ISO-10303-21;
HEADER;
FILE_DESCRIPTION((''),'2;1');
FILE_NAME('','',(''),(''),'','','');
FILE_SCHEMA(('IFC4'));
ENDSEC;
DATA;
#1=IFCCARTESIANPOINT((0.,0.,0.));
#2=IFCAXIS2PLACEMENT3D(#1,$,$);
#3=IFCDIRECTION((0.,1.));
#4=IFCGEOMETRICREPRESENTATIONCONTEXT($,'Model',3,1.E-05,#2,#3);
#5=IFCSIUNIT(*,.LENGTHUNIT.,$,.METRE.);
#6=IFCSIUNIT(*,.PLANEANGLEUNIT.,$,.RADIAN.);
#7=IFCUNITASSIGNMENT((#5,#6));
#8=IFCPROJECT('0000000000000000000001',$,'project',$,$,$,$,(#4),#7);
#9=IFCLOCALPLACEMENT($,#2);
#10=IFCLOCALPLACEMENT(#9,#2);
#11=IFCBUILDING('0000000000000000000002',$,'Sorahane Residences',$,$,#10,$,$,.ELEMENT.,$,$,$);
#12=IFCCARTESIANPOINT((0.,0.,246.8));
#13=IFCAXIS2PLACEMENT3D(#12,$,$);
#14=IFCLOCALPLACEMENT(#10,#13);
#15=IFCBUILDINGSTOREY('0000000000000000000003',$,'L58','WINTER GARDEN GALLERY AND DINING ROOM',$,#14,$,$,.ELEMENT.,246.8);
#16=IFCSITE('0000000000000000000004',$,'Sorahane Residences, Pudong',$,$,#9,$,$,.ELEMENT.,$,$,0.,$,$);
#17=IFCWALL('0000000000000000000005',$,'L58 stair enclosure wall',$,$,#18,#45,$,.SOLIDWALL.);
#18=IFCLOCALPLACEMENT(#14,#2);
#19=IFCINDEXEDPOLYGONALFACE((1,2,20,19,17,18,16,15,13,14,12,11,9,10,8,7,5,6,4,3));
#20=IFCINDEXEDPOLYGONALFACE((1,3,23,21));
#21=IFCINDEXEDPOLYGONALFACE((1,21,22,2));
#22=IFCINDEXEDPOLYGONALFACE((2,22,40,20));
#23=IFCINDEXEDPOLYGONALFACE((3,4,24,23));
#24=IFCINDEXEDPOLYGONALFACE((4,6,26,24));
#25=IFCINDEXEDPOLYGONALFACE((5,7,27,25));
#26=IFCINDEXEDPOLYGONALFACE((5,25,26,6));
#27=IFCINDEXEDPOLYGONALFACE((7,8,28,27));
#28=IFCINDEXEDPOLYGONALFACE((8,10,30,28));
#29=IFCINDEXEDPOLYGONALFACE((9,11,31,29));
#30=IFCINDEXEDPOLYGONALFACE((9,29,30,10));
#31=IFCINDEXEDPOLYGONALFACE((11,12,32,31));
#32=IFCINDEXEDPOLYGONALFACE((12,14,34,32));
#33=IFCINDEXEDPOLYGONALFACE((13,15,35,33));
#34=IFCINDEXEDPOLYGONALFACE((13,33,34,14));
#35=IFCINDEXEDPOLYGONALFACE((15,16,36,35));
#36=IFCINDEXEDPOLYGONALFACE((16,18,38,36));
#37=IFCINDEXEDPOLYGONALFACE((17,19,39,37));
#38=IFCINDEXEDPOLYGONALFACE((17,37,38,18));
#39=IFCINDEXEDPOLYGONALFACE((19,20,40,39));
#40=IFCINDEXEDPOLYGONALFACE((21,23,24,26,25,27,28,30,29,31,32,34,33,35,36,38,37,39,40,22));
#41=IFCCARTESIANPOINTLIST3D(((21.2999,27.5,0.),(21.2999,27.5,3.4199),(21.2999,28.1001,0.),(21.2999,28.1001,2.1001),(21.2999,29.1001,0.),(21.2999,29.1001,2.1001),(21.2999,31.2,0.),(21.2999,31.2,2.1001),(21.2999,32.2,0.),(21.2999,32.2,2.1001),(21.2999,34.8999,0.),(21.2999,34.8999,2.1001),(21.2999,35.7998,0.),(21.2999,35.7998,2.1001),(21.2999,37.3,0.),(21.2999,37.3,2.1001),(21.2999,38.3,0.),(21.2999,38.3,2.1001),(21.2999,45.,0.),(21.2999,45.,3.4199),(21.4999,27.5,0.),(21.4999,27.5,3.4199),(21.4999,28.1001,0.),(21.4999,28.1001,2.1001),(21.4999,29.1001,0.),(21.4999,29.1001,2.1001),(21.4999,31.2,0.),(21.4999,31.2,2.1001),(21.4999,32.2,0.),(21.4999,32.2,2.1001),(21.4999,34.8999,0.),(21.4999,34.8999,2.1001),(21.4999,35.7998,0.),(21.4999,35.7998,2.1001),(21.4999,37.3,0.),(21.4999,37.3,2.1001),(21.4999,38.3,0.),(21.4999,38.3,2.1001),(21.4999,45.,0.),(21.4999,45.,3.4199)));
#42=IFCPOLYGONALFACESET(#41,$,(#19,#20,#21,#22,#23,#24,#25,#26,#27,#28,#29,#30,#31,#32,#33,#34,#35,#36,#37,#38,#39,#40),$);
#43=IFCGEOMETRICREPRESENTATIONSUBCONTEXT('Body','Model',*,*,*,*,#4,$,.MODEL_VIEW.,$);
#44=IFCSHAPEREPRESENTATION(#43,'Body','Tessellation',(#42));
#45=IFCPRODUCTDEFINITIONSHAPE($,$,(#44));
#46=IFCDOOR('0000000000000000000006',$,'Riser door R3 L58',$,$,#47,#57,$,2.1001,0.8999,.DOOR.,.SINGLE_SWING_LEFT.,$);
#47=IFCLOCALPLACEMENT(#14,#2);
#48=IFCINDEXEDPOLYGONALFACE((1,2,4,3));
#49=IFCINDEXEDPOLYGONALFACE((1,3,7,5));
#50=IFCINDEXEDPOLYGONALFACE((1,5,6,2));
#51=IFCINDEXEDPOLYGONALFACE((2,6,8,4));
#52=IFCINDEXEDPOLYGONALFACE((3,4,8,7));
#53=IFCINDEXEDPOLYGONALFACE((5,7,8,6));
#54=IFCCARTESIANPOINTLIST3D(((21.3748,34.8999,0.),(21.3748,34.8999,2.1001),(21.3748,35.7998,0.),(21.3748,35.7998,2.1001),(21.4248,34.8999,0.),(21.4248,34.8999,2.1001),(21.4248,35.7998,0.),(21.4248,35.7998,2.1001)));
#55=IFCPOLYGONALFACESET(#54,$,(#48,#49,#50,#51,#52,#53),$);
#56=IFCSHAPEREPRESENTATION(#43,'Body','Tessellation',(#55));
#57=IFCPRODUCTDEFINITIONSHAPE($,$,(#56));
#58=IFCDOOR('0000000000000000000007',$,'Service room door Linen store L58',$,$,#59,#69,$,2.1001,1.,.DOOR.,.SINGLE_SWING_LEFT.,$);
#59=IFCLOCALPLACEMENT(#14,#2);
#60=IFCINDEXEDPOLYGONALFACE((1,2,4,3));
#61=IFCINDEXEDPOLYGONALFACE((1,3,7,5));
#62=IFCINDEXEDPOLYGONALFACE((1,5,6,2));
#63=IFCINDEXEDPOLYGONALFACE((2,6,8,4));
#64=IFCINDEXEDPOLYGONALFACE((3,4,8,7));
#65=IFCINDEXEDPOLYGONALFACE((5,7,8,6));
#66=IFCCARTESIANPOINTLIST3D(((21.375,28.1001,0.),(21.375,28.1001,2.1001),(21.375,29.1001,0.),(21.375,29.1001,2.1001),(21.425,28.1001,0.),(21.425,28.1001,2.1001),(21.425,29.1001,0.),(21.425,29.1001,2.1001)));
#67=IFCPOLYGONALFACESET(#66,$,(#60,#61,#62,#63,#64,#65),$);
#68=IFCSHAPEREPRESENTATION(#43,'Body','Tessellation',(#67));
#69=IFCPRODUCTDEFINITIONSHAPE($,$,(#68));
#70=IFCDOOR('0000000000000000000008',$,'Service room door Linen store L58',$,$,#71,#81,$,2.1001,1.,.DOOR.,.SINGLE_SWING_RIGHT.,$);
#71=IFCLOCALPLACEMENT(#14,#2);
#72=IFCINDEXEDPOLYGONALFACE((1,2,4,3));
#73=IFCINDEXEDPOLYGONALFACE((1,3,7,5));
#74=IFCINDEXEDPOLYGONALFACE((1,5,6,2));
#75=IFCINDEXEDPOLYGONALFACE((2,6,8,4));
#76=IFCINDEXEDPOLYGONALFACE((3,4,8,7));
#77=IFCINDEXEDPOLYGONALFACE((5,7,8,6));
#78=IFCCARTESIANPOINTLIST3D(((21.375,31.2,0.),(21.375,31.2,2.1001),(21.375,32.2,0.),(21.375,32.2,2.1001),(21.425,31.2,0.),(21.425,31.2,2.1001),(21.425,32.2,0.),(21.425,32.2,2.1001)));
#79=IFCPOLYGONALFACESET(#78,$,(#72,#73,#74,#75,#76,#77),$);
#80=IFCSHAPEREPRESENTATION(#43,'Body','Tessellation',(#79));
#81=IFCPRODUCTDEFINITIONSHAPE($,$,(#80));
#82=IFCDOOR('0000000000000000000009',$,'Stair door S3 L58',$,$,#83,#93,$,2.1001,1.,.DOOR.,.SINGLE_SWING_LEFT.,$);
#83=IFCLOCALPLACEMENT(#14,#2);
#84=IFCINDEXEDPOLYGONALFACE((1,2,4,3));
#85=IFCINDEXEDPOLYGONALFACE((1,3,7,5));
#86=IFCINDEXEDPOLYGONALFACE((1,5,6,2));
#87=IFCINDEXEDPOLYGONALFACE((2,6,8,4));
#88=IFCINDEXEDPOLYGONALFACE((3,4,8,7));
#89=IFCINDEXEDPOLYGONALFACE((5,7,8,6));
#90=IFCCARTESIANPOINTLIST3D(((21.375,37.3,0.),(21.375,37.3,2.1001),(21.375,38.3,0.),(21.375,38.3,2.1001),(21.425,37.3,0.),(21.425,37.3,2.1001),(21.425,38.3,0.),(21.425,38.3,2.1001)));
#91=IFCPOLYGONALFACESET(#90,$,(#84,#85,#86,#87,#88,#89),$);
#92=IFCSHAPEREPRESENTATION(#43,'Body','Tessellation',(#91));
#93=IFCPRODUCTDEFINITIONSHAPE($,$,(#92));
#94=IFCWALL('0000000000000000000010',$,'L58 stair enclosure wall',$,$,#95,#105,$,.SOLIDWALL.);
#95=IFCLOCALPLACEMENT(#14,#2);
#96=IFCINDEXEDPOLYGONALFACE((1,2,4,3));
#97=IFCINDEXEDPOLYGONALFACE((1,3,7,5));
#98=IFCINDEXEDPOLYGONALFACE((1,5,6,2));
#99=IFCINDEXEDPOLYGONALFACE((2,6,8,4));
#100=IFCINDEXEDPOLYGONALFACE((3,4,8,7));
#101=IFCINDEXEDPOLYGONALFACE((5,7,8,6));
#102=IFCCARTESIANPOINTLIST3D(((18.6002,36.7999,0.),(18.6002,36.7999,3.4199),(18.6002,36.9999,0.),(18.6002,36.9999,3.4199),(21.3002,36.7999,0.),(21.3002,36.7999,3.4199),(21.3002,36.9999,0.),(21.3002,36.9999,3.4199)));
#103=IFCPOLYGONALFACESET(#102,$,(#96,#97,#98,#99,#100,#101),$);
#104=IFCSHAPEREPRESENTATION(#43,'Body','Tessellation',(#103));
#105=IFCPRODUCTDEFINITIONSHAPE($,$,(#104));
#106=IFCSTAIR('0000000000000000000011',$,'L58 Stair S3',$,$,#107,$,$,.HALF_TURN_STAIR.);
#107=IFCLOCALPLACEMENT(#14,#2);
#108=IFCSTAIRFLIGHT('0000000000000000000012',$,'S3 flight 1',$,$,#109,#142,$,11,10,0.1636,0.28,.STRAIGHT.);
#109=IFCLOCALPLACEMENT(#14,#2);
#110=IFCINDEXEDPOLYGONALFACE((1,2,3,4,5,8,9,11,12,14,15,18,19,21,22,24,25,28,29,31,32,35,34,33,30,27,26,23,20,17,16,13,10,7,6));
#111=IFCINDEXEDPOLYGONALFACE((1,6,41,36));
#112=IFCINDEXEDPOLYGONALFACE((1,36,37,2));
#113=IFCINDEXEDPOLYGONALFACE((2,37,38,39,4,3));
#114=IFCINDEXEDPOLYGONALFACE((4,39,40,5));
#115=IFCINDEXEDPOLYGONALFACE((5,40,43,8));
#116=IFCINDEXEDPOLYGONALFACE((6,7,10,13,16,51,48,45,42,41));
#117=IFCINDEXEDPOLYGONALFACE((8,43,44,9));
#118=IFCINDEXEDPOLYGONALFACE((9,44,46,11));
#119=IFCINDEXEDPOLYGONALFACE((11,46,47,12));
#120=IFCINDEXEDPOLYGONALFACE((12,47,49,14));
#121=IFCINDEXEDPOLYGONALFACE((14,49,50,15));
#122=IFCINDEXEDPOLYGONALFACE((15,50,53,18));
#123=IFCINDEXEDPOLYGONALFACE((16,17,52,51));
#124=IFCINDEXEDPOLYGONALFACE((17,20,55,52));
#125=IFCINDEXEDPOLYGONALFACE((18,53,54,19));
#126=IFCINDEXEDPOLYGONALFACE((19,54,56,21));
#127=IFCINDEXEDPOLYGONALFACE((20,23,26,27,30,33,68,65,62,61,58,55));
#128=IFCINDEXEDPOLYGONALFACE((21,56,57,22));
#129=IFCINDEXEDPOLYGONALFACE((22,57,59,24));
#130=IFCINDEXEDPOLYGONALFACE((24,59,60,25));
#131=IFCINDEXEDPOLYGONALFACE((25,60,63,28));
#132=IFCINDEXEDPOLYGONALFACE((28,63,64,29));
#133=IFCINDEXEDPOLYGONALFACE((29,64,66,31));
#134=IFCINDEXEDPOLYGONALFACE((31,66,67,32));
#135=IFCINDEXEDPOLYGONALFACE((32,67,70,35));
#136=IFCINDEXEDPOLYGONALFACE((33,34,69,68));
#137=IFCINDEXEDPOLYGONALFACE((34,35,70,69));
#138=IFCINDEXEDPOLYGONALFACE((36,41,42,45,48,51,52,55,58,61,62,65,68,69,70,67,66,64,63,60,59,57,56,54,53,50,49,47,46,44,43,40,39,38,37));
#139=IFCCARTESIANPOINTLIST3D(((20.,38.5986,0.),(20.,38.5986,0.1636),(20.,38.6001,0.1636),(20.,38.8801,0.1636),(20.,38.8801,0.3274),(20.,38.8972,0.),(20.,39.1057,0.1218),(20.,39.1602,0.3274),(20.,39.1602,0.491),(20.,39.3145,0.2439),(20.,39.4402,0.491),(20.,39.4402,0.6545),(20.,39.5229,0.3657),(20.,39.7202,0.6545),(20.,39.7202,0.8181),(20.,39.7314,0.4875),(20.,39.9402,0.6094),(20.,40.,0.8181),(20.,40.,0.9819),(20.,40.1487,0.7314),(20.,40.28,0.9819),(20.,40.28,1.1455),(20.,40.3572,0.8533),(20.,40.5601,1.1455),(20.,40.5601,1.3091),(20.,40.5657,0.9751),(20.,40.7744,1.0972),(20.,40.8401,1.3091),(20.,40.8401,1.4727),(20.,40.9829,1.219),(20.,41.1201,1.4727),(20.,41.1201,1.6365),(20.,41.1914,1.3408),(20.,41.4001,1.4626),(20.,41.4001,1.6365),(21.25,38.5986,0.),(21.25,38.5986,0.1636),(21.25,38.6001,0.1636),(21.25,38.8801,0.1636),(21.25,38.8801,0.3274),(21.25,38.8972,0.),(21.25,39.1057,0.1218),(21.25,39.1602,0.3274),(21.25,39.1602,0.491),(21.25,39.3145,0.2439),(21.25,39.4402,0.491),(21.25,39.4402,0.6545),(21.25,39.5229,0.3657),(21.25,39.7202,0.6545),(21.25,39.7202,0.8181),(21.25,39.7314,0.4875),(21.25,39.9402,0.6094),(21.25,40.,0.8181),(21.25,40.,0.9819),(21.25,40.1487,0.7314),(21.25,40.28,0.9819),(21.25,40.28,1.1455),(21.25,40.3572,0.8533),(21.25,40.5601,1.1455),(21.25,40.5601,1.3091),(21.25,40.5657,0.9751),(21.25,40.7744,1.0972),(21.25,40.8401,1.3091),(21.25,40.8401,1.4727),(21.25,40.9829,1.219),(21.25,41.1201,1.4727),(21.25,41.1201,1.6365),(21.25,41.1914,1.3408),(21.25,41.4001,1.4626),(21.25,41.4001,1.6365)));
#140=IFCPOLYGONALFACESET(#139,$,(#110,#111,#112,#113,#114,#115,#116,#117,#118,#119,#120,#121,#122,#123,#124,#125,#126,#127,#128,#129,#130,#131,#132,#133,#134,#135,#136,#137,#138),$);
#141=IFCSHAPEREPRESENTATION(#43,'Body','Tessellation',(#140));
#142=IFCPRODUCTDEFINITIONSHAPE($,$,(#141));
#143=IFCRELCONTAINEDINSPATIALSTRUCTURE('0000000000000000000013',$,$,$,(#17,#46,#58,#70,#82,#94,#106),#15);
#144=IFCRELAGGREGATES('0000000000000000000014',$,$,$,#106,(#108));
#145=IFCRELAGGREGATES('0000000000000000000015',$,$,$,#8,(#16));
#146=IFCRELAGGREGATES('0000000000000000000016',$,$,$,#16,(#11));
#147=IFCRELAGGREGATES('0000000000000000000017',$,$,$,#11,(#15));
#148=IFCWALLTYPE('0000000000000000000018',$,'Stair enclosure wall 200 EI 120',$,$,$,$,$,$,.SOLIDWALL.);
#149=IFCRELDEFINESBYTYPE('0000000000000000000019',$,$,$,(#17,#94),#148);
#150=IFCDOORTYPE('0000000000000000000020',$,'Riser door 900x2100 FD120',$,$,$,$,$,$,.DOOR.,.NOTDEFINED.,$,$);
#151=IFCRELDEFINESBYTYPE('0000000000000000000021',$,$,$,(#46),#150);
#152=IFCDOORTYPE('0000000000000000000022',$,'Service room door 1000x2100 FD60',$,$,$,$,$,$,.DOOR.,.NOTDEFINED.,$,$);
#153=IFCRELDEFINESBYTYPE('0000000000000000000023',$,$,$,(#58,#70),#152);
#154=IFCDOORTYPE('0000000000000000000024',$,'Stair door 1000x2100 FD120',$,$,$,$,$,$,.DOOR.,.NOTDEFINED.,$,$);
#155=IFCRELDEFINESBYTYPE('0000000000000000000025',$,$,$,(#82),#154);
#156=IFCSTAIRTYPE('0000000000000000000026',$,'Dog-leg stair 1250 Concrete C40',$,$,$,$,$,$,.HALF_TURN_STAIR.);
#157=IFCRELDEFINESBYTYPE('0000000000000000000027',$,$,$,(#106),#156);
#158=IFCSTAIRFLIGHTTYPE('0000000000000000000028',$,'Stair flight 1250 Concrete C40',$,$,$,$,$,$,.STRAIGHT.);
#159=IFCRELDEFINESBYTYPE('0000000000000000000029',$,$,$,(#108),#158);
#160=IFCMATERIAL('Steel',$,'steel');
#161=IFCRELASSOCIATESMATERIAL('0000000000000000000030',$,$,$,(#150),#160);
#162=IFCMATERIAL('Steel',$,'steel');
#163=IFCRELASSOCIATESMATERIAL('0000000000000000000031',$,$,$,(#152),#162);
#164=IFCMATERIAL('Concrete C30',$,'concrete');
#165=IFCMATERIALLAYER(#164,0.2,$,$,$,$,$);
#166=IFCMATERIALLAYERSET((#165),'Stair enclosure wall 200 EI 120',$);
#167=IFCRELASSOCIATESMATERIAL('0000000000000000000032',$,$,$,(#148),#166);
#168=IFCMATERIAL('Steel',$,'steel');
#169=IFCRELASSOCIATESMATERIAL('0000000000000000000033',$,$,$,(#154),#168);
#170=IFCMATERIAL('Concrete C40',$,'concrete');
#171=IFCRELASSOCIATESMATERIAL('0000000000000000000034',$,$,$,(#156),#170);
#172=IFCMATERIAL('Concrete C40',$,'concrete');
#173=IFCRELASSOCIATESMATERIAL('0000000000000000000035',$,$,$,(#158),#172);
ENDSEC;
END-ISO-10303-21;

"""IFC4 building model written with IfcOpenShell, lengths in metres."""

from ifc_helpers import new_model, si_unit, direction, frame, frame_2d, origin, place, context, subcontext, project, spatial, polyline, rectangle, outline, extrude, material, layer, layer_set, type_object, element, fill, aggregate, save


model = new_model("IFC4")

# Units and contexts
model_context = context("Model", 3, precision=1e-05, world=origin(), true_north=direction((0.0, 1.0)))
body_context = subcontext(model_context, "Body", "Model", "MODEL_VIEW")
ifc_project = project(units=[si_unit("LENGTHUNIT", "METRE"), si_unit("PLANEANGLEUNIT", "RADIAN")], contexts=[model_context])

# Site, building, storey
site_placement = place(None, origin())
site = spatial("IfcSite", under=ifc_project, at=site_placement, Name="Sorahane Residences, Pudong", CompositionType="ELEMENT", RefElevation=0.0)
building_placement = place(site_placement, origin())
building = spatial("IfcBuilding", under=site, at=building_placement, Name="Sorahane Residences", CompositionType="ELEMENT")
storey_placement = place(building_placement, frame((0.0, 0.0, 246.8)))
storey = spatial("IfcBuildingStorey", under=building, at=storey_placement, Name="L58", Description="WINTER GARDEN GALLERY AND DINING ROOM", CompositionType="ELEMENT", Elevation=246.8)

# Shared definitions
ifc_material_1 = material(Name="Steel", Category="steel")
door_type_1 = type_object("IfcDoorType", Name="Riser door 900x2100 FD120", OperationType="NOTDEFINED", PredefinedType="DOOR", material=ifc_material_1)
ifc_material_2 = material(Name="Steel", Category="steel")
door_type_2 = type_object("IfcDoorType", Name="Service room door 1000x2100 FD60", OperationType="NOTDEFINED", PredefinedType="DOOR", material=ifc_material_2)

# Wall, openings, doors
ifc_material_3 = material(Name="Concrete C30", Category="concrete")
ifc_layer_1 = layer(ifc_material_3, 0.2)
ifc_layer_set_1 = layer_set([ifc_layer_1], Name="Stair enclosure wall 200 EI 120")
wall_type_1 = type_object("IfcWallType", Name="Stair enclosure wall 200 EI 120", PredefinedType="SOLIDWALL", material=ifc_layer_set_1)
wall_1_placement = place(storey_placement, frame((21.3999, 27.5, 0.0), z_axis=(0.0, 0.0, 1.0), x_axis=(0.0, 1.0, 0.0)))
wall_1 = element("IfcWall", 1, at=wall_1_placement, inside=storey, type_object=wall_type_1, Name="L58 stair enclosure wall", PredefinedType="SOLIDWALL", context=body_context, shape_type="SweptSolid", body=[
    extrude(rectangle(XDim=17.5, YDim=0.2, at=frame_2d((8.75, 0.0))), origin(), (0.0, 0.0, 1.0), 3.4199),
])
opening_1_placement = place(wall_1_placement, frame((0.6001, 0.0, 0.0)))
opening_1 = element("IfcOpeningElement", 2, at=opening_1_placement, cuts=wall_1, PredefinedType="OPENING", context=body_context, shape_type="SweptSolid", body=[
    extrude(rectangle(XDim=1.0, YDim=2.1001, at=frame_2d((0.5, 1.05))), frame((0.0, 0.1099, 0.0), z_axis=(0.0, -1.0, 0.0), x_axis=(1.0, 0.0, 0.0)), (0.0, 0.0, 1.0), 0.22),
])
opening_2_placement = place(wall_1_placement, frame((3.7, 0.0, 0.0)))
opening_2 = element("IfcOpeningElement", 3, at=opening_2_placement, cuts=wall_1, PredefinedType="OPENING", context=body_context, shape_type="SweptSolid", body=[
    extrude(rectangle(XDim=1.0, YDim=2.1001, at=frame_2d((0.5, 1.05))), frame((0.0, 0.1099, 0.0), z_axis=(0.0, -1.0, 0.0), x_axis=(1.0, 0.0, 0.0)), (0.0, 0.0, 1.0), 0.22),
])
opening_3_placement = place(wall_1_placement, frame((9.8, 0.0, 0.0)))
opening_3 = element("IfcOpeningElement", 4, at=opening_3_placement, cuts=wall_1, PredefinedType="OPENING", context=body_context, shape_type="SweptSolid", body=[
    extrude(rectangle(XDim=1.0, YDim=2.1001, at=frame_2d((0.5, 1.05))), frame((0.0, 0.1099, 0.0), z_axis=(0.0, -1.0, 0.0), x_axis=(1.0, 0.0, 0.0)), (0.0, 0.0, 1.0), 0.22),
])
opening_4_placement = place(wall_1_placement, frame((7.3999, 0.0, 0.0)))
opening_4 = element("IfcOpeningElement", 5, at=opening_4_placement, cuts=wall_1, PredefinedType="OPENING", context=body_context, shape_type="SweptSolid", body=[
    extrude(rectangle(XDim=0.8999, YDim=2.1001, at=frame_2d((0.45, 1.05))), frame((0.0, 0.1099, 0.0), z_axis=(0.0, -1.0, 0.0), x_axis=(1.0, 0.0, 0.0)), (0.0, 0.0, 1.0), 0.22),
])
door_1_placement = place(opening_4_placement, frame((0.8999, 0.0, 0.0), z_axis=(0.0, 0.0, 1.0), x_axis=(-1.0, 0.0, 0.0)))
door_1 = element("IfcDoor", 6, at=door_1_placement, inside=storey, type_object=door_type_1, Name="Riser door R3 L58", OperationType="SINGLE_SWING_LEFT", OverallHeight=2.1001, OverallWidth=0.8999, PredefinedType="DOOR", context=body_context, shape_type="SweptSolid", body=[
    extrude(rectangle(XDim=0.8999, YDim=2.1001, at=frame_2d((0.45, 1.05))), frame((0.0, 0.0249, 0.0), z_axis=(0.0, -1.0, 0.0), x_axis=(1.0, 0.0, 0.0)), (0.0, 0.0, 1.0), 0.05),
])
fill(opening_4, door_1)
door_2_placement = place(opening_1_placement, origin())
door_2 = element("IfcDoor", 7, at=door_2_placement, inside=storey, type_object=door_type_2, Name="Service room door Linen store L58", OperationType="SINGLE_SWING_LEFT", OverallHeight=2.1001, OverallWidth=1.0, PredefinedType="DOOR", context=body_context, shape_type="SweptSolid", body=[
    extrude(rectangle(XDim=1.0, YDim=2.1001, at=frame_2d((0.5, 1.05))), frame((0.0, 0.0249, 0.0), z_axis=(0.0, -1.0, 0.0), x_axis=(1.0, 0.0, 0.0)), (0.0, 0.0, 1.0), 0.05),
])
fill(opening_1, door_2)
door_3_placement = place(opening_2_placement, origin())
door_3 = element("IfcDoor", 8, at=door_3_placement, inside=storey, type_object=door_type_2, Name="Service room door Linen store L58", OperationType="SINGLE_SWING_RIGHT", OverallHeight=2.1001, OverallWidth=1.0, PredefinedType="DOOR", context=body_context, shape_type="SweptSolid", body=[
    extrude(rectangle(XDim=1.0, YDim=2.1001, at=frame_2d((0.5, 1.05))), frame((0.0, 0.0249, 0.0), z_axis=(0.0, -1.0, 0.0), x_axis=(1.0, 0.0, 0.0)), (0.0, 0.0, 1.0), 0.05),
])
fill(opening_2, door_3)
ifc_material_4 = material(Name="Steel", Category="steel")
door_type_3 = type_object("IfcDoorType", Name="Stair door 1000x2100 FD120", OperationType="NOTDEFINED", PredefinedType="DOOR", material=ifc_material_4)
door_4_placement = place(opening_3_placement, origin())
door_4 = element("IfcDoor", 9, at=door_4_placement, inside=storey, type_object=door_type_3, Name="Stair door S3 L58", OperationType="SINGLE_SWING_LEFT", OverallHeight=2.1001, OverallWidth=1.0, PredefinedType="DOOR", context=body_context, shape_type="SweptSolid", body=[
    extrude(rectangle(XDim=1.0, YDim=2.1001, at=frame_2d((0.5, 1.05))), frame((0.0, 0.0249, 0.0), z_axis=(0.0, -1.0, 0.0), x_axis=(1.0, 0.0, 0.0)), (0.0, 0.0, 1.0), 0.05),
])
fill(opening_3, door_4)

# Wall
wall_2_placement = place(storey_placement, frame((18.6001, 36.8999, 0.0), z_axis=(0.0, 0.0, 1.0), x_axis=(1.0, 0.0, 0.0)))
element("IfcWall", 10, at=wall_2_placement, inside=storey, type_object=wall_type_1, Name="L58 stair enclosure wall", PredefinedType="SOLIDWALL", context=body_context, shape_type="SweptSolid", body=[
    extrude(rectangle(XDim=2.7, YDim=0.2, at=frame_2d((1.3501, 0.0))), origin(), (0.0, 0.0, 1.0), 3.4199),
])

# Stair, stair flight
ifc_material_5 = material(Name="Concrete C40", Category="concrete")
stair_type = type_object("IfcStairType", Name="Dog-leg stair 1250 Concrete C40", PredefinedType="HALF_TURN_STAIR", material=ifc_material_5)
stair_placement = place(storey_placement, origin())
stair = element("IfcStair", 11, at=stair_placement, inside=storey, type_object=stair_type, Name="L58 Stair S3", PredefinedType="HALF_TURN_STAIR")
ifc_material_6 = material(Name="Concrete C40", Category="concrete")
stair_flight_type = type_object("IfcStairFlightType", Name="Stair flight 1250 Concrete C40", PredefinedType="STRAIGHT", material=ifc_material_6)
stair_flight_placement = place(storey_placement, frame((20.625, 38.6001, 0.0), z_axis=(0.0, 0.0, 1.0), x_axis=(0.0, 1.0, 0.0)))
stair_flight = element("IfcStairFlight", 12, at=stair_flight_placement, type_object=stair_flight_type, Name="S3 flight 1", NumberOfRisers=11, NumberOfTreads=10, PredefinedType="STRAIGHT", RiserHeight=0.1636, TreadLength=0.28, context=body_context, shape_type="SweptSolid", body=[
    extrude(outline(polyline([(-0.0015, 0.0), (-0.0015, 0.1636), (0.0, 0.1636), (0.28, 0.1636), (0.28, 0.3274), (0.5601, 0.3274), (0.5601, 0.491), (0.8401, 0.491), (0.8401, 0.6545), (1.1201, 0.6545), (1.1201, 0.8181), (1.3999, 0.8181), (1.3999, 0.9819), (1.6799, 0.9819), (1.6799, 1.1455), (1.96, 1.1455), (1.96, 1.3091), (2.24, 1.3091), (2.24, 1.4727), (2.52, 1.4727), (2.52, 1.6365), (2.8, 1.6365), (2.8, 1.8), (2.8, 1.4626), (2.5913, 1.3408), (2.3828, 1.219), (2.1743, 1.0972), (1.9656, 0.9751), (1.7571, 0.8533), (1.5486, 0.7314), (1.3401, 0.6094), (1.1313, 0.4875), (0.9229, 0.3657), (0.7144, 0.2439), (0.5056, 0.1218), (0.2971, 0.0), (-0.0015, 0.0)])), frame((0.0, 0.625, 0.0), z_axis=(0.0, -1.0, 0.0), x_axis=(1.0, 0.0, 0.0)), (0.0, 0.0, 1.0), 1.25),
])
aggregate(stair, [stair_flight])

save(model, "model.ifc")
